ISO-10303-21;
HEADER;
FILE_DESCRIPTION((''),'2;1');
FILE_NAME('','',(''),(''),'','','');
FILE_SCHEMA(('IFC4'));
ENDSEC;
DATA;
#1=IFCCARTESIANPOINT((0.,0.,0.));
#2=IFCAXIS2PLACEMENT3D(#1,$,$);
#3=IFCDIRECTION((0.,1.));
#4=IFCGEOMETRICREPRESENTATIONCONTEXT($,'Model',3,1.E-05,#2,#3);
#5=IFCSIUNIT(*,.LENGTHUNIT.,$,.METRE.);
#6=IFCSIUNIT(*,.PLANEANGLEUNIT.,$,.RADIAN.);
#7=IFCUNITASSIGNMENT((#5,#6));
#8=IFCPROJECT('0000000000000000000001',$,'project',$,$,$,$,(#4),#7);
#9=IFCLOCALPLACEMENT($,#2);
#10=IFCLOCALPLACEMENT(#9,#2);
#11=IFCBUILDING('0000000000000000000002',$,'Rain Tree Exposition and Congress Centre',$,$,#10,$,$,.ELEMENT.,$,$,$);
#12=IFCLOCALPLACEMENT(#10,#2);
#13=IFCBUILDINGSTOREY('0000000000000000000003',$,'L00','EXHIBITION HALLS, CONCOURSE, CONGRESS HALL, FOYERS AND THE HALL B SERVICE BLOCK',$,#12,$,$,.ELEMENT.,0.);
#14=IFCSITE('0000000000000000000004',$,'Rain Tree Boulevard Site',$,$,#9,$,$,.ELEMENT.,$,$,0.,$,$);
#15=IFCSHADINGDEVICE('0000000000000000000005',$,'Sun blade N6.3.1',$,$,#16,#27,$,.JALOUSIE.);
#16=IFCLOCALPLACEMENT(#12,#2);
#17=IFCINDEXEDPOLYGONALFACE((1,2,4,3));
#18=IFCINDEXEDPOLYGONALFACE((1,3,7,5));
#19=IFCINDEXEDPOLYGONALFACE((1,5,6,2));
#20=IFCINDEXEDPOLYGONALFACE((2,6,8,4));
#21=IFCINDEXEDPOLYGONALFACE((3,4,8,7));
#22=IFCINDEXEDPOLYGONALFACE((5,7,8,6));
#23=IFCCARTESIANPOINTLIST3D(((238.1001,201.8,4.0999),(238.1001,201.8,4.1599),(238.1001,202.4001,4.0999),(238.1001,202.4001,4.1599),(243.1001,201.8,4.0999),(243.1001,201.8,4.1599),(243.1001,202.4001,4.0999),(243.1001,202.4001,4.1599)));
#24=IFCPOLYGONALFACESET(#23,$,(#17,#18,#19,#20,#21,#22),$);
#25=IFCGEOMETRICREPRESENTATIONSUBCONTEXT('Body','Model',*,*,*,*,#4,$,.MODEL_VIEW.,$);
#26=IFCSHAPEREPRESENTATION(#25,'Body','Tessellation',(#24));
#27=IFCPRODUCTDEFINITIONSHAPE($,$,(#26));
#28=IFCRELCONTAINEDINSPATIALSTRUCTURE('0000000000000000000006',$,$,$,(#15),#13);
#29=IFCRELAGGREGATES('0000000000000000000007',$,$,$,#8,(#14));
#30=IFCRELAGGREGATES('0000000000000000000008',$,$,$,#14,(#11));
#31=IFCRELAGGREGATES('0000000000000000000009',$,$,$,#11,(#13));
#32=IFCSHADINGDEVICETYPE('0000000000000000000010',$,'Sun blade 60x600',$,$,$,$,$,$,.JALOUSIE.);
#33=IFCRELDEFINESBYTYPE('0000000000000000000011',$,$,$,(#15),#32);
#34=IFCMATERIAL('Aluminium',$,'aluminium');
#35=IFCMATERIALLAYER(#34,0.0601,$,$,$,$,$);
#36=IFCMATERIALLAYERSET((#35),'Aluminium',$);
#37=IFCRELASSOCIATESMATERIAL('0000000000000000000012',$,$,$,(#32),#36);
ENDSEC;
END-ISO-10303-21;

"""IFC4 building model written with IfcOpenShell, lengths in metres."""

from ifc_helpers import new_model, si_unit, direction, frame, origin, origin_2d, place, context, subcontext, project, spatial, rectangle, extrude, material, layer, layer_set, type_object, element, save


model = new_model("IFC4")

# Units and contexts
model_context = context("Model", 3, precision=1e-05, world=origin(), true_north=direction((0.0, 1.0)))
body_context = subcontext(model_context, "Body", "Model", "MODEL_VIEW")
ifc_project = project(units=[si_unit("LENGTHUNIT", "METRE"), si_unit("PLANEANGLEUNIT", "RADIAN")], contexts=[model_context])

# Site, building, storey
site_placement = place(None, origin())
site = spatial("IfcSite", under=ifc_project, at=site_placement, Name="Rain Tree Boulevard Site", CompositionType="ELEMENT", RefElevation=0.0)
building_placement = place(site_placement, origin())
building = spatial("IfcBuilding", under=site, at=building_placement, Name="Rain Tree Exposition and Congress Centre", CompositionType="ELEMENT")
storey_placement = place(building_placement, origin())
storey = spatial("IfcBuildingStorey", under=building, at=storey_placement, Name="L00", Description="EXHIBITION HALLS, CONCOURSE, CONGRESS HALL, FOYERS AND THE HALL B SERVICE BLOCK", CompositionType="ELEMENT", Elevation=0.0)

# Shading device
ifc_material_1 = material(Name="Aluminium", Category="aluminium")
ifc_layer_1 = layer(ifc_material_1, 0.0601)
ifc_layer_set_1 = layer_set([ifc_layer_1], Name="Aluminium")
shading_device_type = type_object("IfcShadingDeviceType", Name="Sun blade 60x600", PredefinedType="JALOUSIE", material=ifc_layer_set_1)
shading_device_placement = place(storey_placement, frame((240.6001, 202.1001, 4.0999), z_axis=(0.0, 0.0, 1.0), x_axis=(1.0, 0.0, 0.0)))
element("IfcShadingDevice", 1, at=shading_device_placement, inside=storey, type_object=shading_device_type, Name="Sun blade N6.3.1", PredefinedType="JALOUSIE", context=body_context, shape_type="SweptSolid", body=[
    extrude(rectangle(XDim=5.0, YDim=0.6001, at=origin_2d()), origin(), (0.0, 0.0, 1.0), 0.0601),
])

save(model, "model.ifc")
